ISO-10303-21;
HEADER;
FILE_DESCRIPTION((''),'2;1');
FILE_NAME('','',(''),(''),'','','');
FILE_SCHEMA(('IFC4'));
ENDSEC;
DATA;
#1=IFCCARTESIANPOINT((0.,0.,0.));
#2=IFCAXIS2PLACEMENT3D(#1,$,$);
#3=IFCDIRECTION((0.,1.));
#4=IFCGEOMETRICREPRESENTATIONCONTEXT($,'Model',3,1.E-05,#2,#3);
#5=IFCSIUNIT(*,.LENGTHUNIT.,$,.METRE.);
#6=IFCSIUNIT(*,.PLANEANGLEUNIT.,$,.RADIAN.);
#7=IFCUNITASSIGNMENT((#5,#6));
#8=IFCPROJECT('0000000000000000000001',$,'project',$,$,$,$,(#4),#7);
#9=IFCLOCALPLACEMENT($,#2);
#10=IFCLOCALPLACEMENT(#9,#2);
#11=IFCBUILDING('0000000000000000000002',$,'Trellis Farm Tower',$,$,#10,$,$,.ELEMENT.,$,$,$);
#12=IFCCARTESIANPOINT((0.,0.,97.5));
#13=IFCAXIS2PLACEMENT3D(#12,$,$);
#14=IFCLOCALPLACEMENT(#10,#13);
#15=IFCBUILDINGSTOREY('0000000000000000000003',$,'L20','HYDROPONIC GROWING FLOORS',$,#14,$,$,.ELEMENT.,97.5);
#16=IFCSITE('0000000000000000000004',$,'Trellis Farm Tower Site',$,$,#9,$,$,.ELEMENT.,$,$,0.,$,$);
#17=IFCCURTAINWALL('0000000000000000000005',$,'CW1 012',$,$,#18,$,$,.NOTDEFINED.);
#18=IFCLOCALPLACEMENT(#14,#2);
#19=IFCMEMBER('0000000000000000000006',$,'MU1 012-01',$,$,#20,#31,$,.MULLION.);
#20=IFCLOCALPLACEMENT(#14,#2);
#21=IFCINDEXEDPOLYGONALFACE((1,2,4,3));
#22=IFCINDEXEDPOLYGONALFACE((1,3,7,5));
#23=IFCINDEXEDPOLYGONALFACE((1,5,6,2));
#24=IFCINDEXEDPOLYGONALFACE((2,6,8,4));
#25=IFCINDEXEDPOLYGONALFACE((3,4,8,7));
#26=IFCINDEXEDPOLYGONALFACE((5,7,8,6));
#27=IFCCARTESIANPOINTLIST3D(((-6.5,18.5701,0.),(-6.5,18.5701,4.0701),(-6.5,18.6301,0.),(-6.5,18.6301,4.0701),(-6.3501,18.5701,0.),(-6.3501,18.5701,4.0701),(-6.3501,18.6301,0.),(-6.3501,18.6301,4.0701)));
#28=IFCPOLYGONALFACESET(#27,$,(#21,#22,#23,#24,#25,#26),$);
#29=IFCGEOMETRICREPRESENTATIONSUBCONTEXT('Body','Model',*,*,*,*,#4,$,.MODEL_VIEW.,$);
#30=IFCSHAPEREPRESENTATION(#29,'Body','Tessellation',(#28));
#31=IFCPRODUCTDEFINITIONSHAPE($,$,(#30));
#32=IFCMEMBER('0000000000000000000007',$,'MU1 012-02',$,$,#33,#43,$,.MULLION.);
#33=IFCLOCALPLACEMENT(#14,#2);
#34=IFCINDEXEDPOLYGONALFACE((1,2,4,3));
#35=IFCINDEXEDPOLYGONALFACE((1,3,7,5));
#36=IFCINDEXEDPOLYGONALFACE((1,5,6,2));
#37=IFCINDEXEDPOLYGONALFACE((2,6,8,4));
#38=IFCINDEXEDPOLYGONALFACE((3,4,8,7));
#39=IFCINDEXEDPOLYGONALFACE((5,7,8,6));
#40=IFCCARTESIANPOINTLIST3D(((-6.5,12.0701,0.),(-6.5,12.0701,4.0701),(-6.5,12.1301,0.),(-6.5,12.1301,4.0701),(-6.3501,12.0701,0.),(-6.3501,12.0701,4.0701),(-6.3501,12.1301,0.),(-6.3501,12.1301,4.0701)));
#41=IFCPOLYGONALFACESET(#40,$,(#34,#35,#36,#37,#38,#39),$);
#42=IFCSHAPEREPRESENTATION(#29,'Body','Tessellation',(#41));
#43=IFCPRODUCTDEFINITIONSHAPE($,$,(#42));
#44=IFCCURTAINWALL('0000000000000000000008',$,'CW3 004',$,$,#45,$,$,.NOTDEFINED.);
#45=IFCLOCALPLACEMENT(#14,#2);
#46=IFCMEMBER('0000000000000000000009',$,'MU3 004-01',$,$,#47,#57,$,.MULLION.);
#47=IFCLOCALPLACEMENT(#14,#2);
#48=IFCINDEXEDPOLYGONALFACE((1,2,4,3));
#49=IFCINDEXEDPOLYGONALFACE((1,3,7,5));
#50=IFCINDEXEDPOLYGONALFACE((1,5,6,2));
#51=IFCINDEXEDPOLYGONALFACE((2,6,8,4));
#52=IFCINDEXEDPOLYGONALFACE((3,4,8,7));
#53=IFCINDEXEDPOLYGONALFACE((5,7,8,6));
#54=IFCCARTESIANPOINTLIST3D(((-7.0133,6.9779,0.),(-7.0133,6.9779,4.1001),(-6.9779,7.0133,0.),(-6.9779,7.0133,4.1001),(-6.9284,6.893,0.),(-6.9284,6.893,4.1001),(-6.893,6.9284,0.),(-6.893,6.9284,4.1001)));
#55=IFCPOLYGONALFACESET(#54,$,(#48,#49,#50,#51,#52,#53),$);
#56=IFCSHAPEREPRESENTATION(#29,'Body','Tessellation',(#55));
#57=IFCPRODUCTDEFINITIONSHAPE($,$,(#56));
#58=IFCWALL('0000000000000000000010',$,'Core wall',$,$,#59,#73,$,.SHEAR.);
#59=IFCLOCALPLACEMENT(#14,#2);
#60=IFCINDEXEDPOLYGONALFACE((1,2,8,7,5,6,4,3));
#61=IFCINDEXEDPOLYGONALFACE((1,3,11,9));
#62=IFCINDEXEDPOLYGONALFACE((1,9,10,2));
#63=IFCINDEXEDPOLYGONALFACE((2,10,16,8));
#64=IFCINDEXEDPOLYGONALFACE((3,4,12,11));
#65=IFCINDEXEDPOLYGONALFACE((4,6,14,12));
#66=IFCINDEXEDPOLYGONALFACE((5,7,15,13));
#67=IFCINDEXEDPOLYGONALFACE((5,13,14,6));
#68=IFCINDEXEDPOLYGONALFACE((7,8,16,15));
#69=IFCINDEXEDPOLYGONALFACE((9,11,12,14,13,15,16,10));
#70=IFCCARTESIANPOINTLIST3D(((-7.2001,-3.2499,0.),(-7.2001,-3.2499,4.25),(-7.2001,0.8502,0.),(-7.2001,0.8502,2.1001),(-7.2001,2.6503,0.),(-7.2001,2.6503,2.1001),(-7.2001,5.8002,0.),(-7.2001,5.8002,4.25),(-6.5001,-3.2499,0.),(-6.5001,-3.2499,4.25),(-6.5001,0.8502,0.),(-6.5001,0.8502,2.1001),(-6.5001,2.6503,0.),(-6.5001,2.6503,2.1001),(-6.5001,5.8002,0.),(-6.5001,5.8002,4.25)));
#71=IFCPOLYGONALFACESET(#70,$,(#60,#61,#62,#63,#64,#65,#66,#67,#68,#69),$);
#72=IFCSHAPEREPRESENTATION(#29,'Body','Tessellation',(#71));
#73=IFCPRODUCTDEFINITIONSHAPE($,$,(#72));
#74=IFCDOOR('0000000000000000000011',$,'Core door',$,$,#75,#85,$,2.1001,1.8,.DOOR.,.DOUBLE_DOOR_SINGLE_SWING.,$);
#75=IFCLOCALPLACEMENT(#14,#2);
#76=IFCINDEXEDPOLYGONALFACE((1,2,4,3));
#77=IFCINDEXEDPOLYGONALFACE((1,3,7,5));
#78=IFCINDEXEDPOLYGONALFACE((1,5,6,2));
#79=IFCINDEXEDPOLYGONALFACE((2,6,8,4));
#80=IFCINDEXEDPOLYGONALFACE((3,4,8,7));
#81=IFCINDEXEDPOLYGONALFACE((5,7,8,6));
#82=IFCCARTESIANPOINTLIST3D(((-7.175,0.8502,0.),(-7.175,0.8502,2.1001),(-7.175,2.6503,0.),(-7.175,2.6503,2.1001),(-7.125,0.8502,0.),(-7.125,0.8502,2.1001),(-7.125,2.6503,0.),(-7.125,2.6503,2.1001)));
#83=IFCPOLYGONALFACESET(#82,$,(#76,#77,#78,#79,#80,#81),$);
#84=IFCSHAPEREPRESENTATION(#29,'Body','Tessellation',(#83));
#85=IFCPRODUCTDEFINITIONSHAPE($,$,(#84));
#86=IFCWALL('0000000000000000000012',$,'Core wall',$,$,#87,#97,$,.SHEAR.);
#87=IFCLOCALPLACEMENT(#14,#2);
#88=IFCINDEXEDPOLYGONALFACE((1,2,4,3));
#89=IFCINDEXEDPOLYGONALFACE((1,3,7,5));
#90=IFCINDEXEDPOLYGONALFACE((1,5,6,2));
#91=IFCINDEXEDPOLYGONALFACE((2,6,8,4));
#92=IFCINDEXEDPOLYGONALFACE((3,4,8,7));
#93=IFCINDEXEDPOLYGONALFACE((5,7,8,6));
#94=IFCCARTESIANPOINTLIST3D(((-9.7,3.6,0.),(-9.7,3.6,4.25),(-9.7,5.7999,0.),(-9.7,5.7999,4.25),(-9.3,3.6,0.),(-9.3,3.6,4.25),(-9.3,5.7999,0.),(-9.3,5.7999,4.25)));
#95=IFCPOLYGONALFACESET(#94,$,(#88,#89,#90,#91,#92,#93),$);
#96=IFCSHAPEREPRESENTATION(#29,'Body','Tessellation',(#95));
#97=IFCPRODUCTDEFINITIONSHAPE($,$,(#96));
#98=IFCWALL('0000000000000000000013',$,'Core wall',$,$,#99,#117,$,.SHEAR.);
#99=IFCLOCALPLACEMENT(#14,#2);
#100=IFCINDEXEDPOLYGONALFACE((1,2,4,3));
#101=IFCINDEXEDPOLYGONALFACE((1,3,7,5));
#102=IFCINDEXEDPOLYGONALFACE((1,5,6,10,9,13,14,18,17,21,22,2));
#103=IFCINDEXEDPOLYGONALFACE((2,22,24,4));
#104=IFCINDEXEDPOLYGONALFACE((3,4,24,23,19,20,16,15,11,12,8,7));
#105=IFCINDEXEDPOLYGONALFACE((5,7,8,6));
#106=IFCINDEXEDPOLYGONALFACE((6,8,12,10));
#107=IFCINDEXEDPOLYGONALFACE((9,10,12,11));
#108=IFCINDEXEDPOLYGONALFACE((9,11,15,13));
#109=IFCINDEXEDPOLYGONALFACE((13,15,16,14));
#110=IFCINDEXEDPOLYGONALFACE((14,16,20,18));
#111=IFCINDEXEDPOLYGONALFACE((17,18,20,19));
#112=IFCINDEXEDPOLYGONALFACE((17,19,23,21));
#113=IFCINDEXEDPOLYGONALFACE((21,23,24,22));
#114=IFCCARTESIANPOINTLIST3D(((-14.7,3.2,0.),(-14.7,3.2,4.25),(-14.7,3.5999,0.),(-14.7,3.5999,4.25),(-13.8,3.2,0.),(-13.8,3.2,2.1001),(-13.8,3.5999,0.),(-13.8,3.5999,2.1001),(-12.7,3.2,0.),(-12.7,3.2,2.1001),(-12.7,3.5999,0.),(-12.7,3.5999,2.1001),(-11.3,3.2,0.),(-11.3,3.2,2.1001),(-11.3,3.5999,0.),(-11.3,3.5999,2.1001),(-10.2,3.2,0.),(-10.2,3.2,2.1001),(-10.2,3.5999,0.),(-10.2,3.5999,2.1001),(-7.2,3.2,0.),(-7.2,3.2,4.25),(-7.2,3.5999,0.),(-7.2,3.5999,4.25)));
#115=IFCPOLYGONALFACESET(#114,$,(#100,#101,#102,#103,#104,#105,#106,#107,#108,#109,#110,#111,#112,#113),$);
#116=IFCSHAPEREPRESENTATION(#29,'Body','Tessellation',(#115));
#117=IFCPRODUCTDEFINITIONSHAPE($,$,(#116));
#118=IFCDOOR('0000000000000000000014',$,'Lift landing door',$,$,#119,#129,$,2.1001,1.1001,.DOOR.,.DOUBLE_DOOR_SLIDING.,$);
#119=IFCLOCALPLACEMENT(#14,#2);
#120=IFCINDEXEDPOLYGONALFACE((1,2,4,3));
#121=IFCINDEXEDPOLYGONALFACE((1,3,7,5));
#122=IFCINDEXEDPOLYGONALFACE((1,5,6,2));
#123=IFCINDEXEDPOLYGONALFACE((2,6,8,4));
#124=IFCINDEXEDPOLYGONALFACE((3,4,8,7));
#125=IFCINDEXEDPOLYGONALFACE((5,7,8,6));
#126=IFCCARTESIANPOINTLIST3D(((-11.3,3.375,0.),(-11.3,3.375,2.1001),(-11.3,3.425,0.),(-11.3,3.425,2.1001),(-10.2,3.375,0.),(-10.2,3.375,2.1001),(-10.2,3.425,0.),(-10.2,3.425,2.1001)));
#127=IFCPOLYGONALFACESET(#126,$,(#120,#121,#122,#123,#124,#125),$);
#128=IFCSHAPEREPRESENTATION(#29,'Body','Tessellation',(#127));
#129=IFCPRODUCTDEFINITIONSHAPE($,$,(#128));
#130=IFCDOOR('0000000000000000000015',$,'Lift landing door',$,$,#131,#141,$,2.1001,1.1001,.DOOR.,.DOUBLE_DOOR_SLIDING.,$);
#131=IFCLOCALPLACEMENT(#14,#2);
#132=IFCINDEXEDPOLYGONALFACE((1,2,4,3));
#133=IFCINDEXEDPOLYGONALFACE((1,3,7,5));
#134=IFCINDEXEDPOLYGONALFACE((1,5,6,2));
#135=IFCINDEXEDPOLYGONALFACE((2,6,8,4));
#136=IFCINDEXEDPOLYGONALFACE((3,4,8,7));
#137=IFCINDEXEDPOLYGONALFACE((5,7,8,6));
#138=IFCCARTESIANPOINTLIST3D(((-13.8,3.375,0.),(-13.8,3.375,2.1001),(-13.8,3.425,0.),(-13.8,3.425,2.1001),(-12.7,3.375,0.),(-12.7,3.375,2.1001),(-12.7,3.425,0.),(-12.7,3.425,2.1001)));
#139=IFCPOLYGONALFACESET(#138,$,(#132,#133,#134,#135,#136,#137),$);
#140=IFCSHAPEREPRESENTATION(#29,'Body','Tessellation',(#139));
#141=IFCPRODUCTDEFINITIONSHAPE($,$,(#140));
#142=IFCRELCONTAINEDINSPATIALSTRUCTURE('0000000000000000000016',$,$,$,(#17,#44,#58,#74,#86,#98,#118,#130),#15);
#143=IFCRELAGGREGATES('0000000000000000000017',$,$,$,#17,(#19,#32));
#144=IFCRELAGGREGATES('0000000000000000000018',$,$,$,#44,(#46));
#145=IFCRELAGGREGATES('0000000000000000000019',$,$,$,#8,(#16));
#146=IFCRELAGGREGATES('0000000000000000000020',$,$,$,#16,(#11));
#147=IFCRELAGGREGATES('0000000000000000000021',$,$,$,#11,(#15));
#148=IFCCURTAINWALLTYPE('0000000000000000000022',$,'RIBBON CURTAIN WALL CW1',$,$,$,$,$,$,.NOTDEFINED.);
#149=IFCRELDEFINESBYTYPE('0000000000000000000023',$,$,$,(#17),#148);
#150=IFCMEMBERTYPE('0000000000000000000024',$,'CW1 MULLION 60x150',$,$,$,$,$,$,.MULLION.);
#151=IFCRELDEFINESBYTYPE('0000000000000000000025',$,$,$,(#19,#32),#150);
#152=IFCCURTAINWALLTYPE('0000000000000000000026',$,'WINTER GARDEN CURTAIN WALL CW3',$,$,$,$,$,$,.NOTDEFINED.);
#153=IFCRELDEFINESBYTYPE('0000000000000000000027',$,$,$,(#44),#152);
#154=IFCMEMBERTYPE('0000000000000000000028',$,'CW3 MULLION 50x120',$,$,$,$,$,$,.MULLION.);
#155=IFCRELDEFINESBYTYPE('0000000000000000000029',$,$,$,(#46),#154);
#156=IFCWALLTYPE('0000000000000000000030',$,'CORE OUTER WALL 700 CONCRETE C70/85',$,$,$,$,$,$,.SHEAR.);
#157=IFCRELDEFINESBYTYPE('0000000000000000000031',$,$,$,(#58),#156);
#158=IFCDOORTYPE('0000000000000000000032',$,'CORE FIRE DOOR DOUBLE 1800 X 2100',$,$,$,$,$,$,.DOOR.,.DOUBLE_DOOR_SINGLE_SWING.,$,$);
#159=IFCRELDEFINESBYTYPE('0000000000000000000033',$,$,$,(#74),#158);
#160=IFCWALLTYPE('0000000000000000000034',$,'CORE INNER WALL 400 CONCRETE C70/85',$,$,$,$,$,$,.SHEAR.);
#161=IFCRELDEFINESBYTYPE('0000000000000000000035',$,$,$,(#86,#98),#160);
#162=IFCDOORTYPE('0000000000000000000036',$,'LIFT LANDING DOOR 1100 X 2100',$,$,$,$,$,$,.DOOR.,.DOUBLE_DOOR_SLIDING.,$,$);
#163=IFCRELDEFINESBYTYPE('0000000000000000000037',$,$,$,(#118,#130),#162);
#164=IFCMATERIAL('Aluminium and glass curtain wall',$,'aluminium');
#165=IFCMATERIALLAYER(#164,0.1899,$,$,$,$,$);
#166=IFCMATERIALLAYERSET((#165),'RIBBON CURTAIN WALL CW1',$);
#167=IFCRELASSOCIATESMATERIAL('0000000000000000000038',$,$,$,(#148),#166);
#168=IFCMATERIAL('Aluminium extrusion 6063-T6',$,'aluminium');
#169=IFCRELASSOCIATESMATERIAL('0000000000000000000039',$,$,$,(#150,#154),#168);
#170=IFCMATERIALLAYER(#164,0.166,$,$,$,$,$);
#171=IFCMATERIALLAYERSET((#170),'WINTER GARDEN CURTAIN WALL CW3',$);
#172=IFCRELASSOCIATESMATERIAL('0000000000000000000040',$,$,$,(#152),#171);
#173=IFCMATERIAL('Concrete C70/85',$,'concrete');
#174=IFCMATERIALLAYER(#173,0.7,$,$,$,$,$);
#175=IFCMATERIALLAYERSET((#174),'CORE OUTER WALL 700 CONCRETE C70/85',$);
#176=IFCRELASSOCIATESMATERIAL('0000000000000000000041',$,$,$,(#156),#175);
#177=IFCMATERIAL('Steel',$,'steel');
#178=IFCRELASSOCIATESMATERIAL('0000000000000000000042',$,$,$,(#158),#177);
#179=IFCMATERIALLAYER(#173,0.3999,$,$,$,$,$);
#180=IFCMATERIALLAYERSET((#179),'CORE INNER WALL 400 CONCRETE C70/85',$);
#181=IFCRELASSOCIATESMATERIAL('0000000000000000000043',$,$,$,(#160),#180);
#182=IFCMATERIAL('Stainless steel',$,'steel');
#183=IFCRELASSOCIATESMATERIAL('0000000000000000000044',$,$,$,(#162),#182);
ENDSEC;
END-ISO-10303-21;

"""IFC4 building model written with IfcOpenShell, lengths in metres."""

from ifc_helpers import new_model, si_unit, direction, frame, frame_2d, origin, origin_2d, place, context, subcontext, project, spatial, rectangle, extrude, source, transform, mapped, material, layer, layer_set, material_profile, profile_set, type_object, element, fill, aggregate, save


model = new_model("IFC4")

# Units and contexts
model_context = context("Model", 3, precision=1e-05, world=origin(), true_north=direction((0.0, 1.0)))
body_context = subcontext(model_context, "Body", "Model", "MODEL_VIEW")
ifc_project = project(units=[si_unit("LENGTHUNIT", "METRE"), si_unit("PLANEANGLEUNIT", "RADIAN")], contexts=[model_context])

# Site, building, storey
site_placement = place(None, origin())
site = spatial("IfcSite", under=ifc_project, at=site_placement, Name="Trellis Farm Tower Site", CompositionType="ELEMENT", RefElevation=0.0)
building_placement = place(site_placement, origin())
building = spatial("IfcBuilding", under=site, at=building_placement, Name="Trellis Farm Tower", CompositionType="ELEMENT")
storey_placement = place(building_placement, frame((0.0, 0.0, 97.5)))
storey = spatial("IfcBuildingStorey", under=building, at=storey_placement, Name="L20", Description="HYDROPONIC GROWING FLOORS", CompositionType="ELEMENT", Elevation=97.5)

# Shared definitions
ifc_material_1 = material(Name="Aluminium and glass curtain wall", Category="aluminium")
ifc_layer_1 = layer(ifc_material_1, 0.1899)
ifc_layer_set_1 = layer_set([ifc_layer_1], Name="RIBBON CURTAIN WALL CW1")
curtain_wall_type_1 = type_object("IfcCurtainWallType", Name="RIBBON CURTAIN WALL CW1", PredefinedType="NOTDEFINED", material=ifc_layer_set_1)
placement = place(storey_placement, origin())
ifc_material_2 = material(Name="Aluminium extrusion 6063-T6", Category="aluminium")
ifc_material_profile_1 = material_profile(ifc_material_2, rectangle(XDim=0.0601, YDim=0.1499, at=origin_2d()), Name="MULLION 60x150")
ifc_profile_set_1 = profile_set([ifc_material_profile_1], Name="Aluminium extrusion 6063-T6")
member_type_1 = type_object("IfcMemberType", Name="CW1 MULLION 60x150", PredefinedType="MULLION", material=ifc_profile_set_1)
shared_shape_1 = source(origin(), body_context, "Body", "SweptSolid", [
    extrude(rectangle(XDim=0.0601, YDim=0.1499, at=origin_2d()), origin(), (0.0, 0.0, 1.0), 4.0701),
])

# Curtain wall, members
curtain_wall_1 = element("IfcCurtainWall", 1, at=placement, inside=storey, type_object=curtain_wall_type_1, Name="CW1 012", PredefinedType="NOTDEFINED")
member_1_placement = place(storey_placement, frame((-6.425, 18.6001, 0.0), z_axis=(0.0, 0.0, 1.0), x_axis=(0.0, -1.0, 0.0)))
member_1 = element("IfcMember", 2, at=member_1_placement, type_object=member_type_1, Name="MU1 012-01", PredefinedType="MULLION", context=body_context, shape_type="MappedRepresentation", body=[
    mapped(shared_shape_1, transform((0.0, 0.0, 0.0))),
])
member_2_placement = place(storey_placement, frame((-6.425, 12.1001, 0.0), z_axis=(0.0, 0.0, 1.0), x_axis=(0.0, -1.0, 0.0)))
member_2 = element("IfcMember", 3, at=member_2_placement, type_object=member_type_1, Name="MU1 012-02", PredefinedType="MULLION", context=body_context, shape_type="MappedRepresentation", body=[
    mapped(shared_shape_1, transform((0.0, 0.0, 0.0))),
])
aggregate(curtain_wall_1, [member_1, member_2])

# Curtain wall, member
ifc_layer_2 = layer(ifc_material_1, 0.166)
ifc_layer_set_2 = layer_set([ifc_layer_2], Name="WINTER GARDEN CURTAIN WALL CW3")
curtain_wall_type_2 = type_object("IfcCurtainWallType", Name="WINTER GARDEN CURTAIN WALL CW3", PredefinedType="NOTDEFINED", material=ifc_layer_set_2)
curtain_wall_2 = element("IfcCurtainWall", 4, at=placement, inside=storey, type_object=curtain_wall_type_2, Name="CW3 004", PredefinedType="NOTDEFINED")
ifc_material_profile_2 = material_profile(ifc_material_2, rectangle(XDim=0.05, YDim=0.1201, at=origin_2d()), Name="MULLION 50x120")
ifc_profile_set_2 = profile_set([ifc_material_profile_2], Name="Aluminium extrusion 6063-T6")
member_type_2 = type_object("IfcMemberType", Name="CW3 MULLION 50x120", PredefinedType="MULLION", material=ifc_profile_set_2)
shared_shape_2 = source(origin(), body_context, "Body", "SweptSolid", [
    extrude(rectangle(XDim=0.05, YDim=0.1201, at=origin_2d()), origin(), (0.0, 0.0, 1.0), 4.1001),
])
member_3_placement = place(storey_placement, frame((-6.9531, 6.9531, 0.0), z_axis=(0.0, 0.0, 1.0), x_axis=(-0.707107, -0.707107, 0.0)))
member_3 = element("IfcMember", 5, at=member_3_placement, type_object=member_type_2, Name="MU3 004-01", PredefinedType="MULLION", context=body_context, shape_type="MappedRepresentation", body=[
    mapped(shared_shape_2, transform((0.0, 0.0, 0.0))),
])
aggregate(curtain_wall_2, [member_3])

# Wall, opening, door
ifc_material_3 = material(Name="Concrete C70/85", Category="concrete")
ifc_layer_3 = layer(ifc_material_3, 0.7)
ifc_layer_set_3 = layer_set([ifc_layer_3], Name="CORE OUTER WALL 700 CONCRETE C70/85")
wall_type_1 = type_object("IfcWallType", Name="CORE OUTER WALL 700 CONCRETE C70/85", PredefinedType="SHEAR", material=ifc_layer_set_3)
shared_shape_3 = source(origin(), body_context, "Body", "SweptSolid", [
    extrude(rectangle(XDim=9.05, YDim=0.7, at=frame_2d((4.5249, 0.0))), origin(), (0.0, 0.0, 1.0), 4.25),
])
wall_1_placement = place(storey_placement, frame((-6.8501, 5.8, 0.0), z_axis=(0.0, 0.0, 1.0), x_axis=(0.0, -1.0, 0.0)))
wall_1 = element("IfcWall", 6, at=wall_1_placement, inside=storey, type_object=wall_type_1, Name="Core wall", PredefinedType="SHEAR", context=body_context, shape_type="MappedRepresentation", body=[
    mapped(shared_shape_3, transform((0.0, 0.0, 0.0))),
])
shared_shape_4 = source(origin(), body_context, "Body", "SweptSolid", [
    extrude(rectangle(XDim=1.8, YDim=2.1001, at=frame_2d((0.8999, 1.05))), frame((0.0, 0.3601, 0.0), z_axis=(0.0, -1.0, 0.0), x_axis=(1.0, 0.0, 0.0)), (0.0, 0.0, 1.0), 0.7202),
])
opening_1_placement = place(wall_1_placement, frame((3.1499, 0.0, 0.0)))
opening_1 = element("IfcOpeningElement", 7, at=opening_1_placement, cuts=wall_1, PredefinedType="OPENING", context=body_context, shape_type="MappedRepresentation", body=[
    mapped(shared_shape_4, transform((0.0, 0.0, 0.0))),
])
ifc_material_4 = material(Name="Steel", Category="steel")
door_type_1 = type_object("IfcDoorType", Name="CORE FIRE DOOR DOUBLE 1800 X 2100", OperationType="DOUBLE_DOOR_SINGLE_SWING", PredefinedType="DOOR", material=ifc_material_4)
shared_shape_5 = source(origin(), body_context, "Body", "SweptSolid", [
    extrude(rectangle(XDim=1.8, YDim=2.1001, at=frame_2d((0.8999, 1.05))), frame((0.0, -0.2749, 0.0), z_axis=(0.0, -1.0, 0.0), x_axis=(1.0, 0.0, 0.0)), (0.0, 0.0, 1.0), 0.05),
])
door_1_placement = place(opening_1_placement, origin())
door_1 = element("IfcDoor", 8, at=door_1_placement, inside=storey, type_object=door_type_1, Name="Core door", OperationType="DOUBLE_DOOR_SINGLE_SWING", OverallHeight=2.1001, OverallWidth=1.8, PredefinedType="DOOR", context=body_context, shape_type="MappedRepresentation", body=[
    mapped(shared_shape_5, transform((0.0, 0.0, 0.0))),
])
fill(opening_1, door_1)

# Wall
ifc_layer_4 = layer(ifc_material_3, 0.3999)
ifc_layer_set_4 = layer_set([ifc_layer_4], Name="CORE INNER WALL 400 CONCRETE C70/85")
wall_type_2 = type_object("IfcWallType", Name="CORE INNER WALL 400 CONCRETE C70/85", PredefinedType="SHEAR", material=ifc_layer_set_4)
shared_shape_6 = source(origin(), body_context, "Body", "SweptSolid", [
    extrude(rectangle(XDim=2.2, YDim=0.3999, at=frame_2d((1.1001, 0.0))), origin(), (0.0, 0.0, 1.0), 4.25),
])
wall_2_placement = place(storey_placement, frame((-9.5, 5.8, 0.0), z_axis=(0.0, 0.0, 1.0), x_axis=(0.0, -1.0, 0.0)))
element("IfcWall", 9, at=wall_2_placement, inside=storey, type_object=wall_type_2, Name="Core wall", PredefinedType="SHEAR", context=body_context, shape_type="MappedRepresentation", body=[
    mapped(shared_shape_6, transform((0.0, 0.0, 0.0))),
])

# Wall, openings, doors
shared_shape_7 = source(origin(), body_context, "Body", "SweptSolid", [
    extrude(rectangle(XDim=7.5, YDim=0.3999, at=frame_2d((3.75, 0.0))), origin(), (0.0, 0.0, 1.0), 4.25),
])
wall_3_placement = place(storey_placement, frame((-7.2, 3.3999, 0.0), z_axis=(0.0, 0.0, 1.0), x_axis=(-1.0, 0.0, 0.0)))
wall_3 = element("IfcWall", 10, at=wall_3_placement, inside=storey, type_object=wall_type_2, Name="Core wall", PredefinedType="SHEAR", context=body_context, shape_type="MappedRepresentation", body=[
    mapped(shared_shape_7, transform((0.0, 0.0, 0.0))),
])
shared_shape_8 = source(origin(), body_context, "Body", "SweptSolid", [
    extrude(rectangle(XDim=1.1001, YDim=2.1001, at=frame_2d((0.55, 1.05))), frame((0.0, 0.21, 0.0), z_axis=(0.0, -1.0, 0.0), x_axis=(1.0, 0.0, 0.0)), (0.0, 0.0, 1.0), 0.4199),
])
opening_2_placement = place(wall_3_placement, frame((3.0, 0.0, 0.0)))
opening_2 = element("IfcOpeningElement", 11, at=opening_2_placement, cuts=wall_3, PredefinedType="OPENING", context=body_context, shape_type="MappedRepresentation", body=[
    mapped(shared_shape_8, transform((0.0, 0.0, 0.0))),
])
opening_3_placement = place(wall_3_placement, frame((5.5, 0.0, 0.0)))
opening_3 = element("IfcOpeningElement", 12, at=opening_3_placement, cuts=wall_3, PredefinedType="OPENING", context=body_context, shape_type="MappedRepresentation", body=[
    mapped(shared_shape_8, transform((0.0, 0.0, 0.0))),
])
ifc_material_5 = material(Name="Stainless steel", Category="steel")
door_type_2 = type_object("IfcDoorType", Name="LIFT LANDING DOOR 1100 X 2100", OperationType="DOUBLE_DOOR_SLIDING", PredefinedType="DOOR", material=ifc_material_5)
shared_shape_9 = source(origin(), body_context, "Body", "SweptSolid", [
    extrude(rectangle(XDim=1.1001, YDim=2.1001, at=frame_2d((0.55, 1.05))), frame((0.0, 0.0249, 0.0), z_axis=(0.0, -1.0, 0.0), x_axis=(1.0, 0.0, 0.0)), (0.0, 0.0, 1.0), 0.05),
])
door_2_placement = place(opening_2_placement, origin())
door_2 = element("IfcDoor", 13, at=door_2_placement, inside=storey, type_object=door_type_2, Name="Lift landing door", OperationType="DOUBLE_DOOR_SLIDING", OverallHeight=2.1001, OverallWidth=1.1001, PredefinedType="DOOR", context=body_context, shape_type="MappedRepresentation", body=[
    mapped(shared_shape_9, transform((0.0, 0.0, 0.0))),
])
fill(opening_2, door_2)
door_3_placement = place(opening_3_placement, origin())
door_3 = element("IfcDoor", 14, at=door_3_placement, inside=storey, type_object=door_type_2, Name="Lift landing door", OperationType="DOUBLE_DOOR_SLIDING", OverallHeight=2.1001, OverallWidth=1.1001, PredefinedType="DOOR", context=body_context, shape_type="MappedRepresentation", body=[
    mapped(shared_shape_9, transform((0.0, 0.0, 0.0))),
])
fill(opening_3, door_3)

save(model, "model.ifc")
